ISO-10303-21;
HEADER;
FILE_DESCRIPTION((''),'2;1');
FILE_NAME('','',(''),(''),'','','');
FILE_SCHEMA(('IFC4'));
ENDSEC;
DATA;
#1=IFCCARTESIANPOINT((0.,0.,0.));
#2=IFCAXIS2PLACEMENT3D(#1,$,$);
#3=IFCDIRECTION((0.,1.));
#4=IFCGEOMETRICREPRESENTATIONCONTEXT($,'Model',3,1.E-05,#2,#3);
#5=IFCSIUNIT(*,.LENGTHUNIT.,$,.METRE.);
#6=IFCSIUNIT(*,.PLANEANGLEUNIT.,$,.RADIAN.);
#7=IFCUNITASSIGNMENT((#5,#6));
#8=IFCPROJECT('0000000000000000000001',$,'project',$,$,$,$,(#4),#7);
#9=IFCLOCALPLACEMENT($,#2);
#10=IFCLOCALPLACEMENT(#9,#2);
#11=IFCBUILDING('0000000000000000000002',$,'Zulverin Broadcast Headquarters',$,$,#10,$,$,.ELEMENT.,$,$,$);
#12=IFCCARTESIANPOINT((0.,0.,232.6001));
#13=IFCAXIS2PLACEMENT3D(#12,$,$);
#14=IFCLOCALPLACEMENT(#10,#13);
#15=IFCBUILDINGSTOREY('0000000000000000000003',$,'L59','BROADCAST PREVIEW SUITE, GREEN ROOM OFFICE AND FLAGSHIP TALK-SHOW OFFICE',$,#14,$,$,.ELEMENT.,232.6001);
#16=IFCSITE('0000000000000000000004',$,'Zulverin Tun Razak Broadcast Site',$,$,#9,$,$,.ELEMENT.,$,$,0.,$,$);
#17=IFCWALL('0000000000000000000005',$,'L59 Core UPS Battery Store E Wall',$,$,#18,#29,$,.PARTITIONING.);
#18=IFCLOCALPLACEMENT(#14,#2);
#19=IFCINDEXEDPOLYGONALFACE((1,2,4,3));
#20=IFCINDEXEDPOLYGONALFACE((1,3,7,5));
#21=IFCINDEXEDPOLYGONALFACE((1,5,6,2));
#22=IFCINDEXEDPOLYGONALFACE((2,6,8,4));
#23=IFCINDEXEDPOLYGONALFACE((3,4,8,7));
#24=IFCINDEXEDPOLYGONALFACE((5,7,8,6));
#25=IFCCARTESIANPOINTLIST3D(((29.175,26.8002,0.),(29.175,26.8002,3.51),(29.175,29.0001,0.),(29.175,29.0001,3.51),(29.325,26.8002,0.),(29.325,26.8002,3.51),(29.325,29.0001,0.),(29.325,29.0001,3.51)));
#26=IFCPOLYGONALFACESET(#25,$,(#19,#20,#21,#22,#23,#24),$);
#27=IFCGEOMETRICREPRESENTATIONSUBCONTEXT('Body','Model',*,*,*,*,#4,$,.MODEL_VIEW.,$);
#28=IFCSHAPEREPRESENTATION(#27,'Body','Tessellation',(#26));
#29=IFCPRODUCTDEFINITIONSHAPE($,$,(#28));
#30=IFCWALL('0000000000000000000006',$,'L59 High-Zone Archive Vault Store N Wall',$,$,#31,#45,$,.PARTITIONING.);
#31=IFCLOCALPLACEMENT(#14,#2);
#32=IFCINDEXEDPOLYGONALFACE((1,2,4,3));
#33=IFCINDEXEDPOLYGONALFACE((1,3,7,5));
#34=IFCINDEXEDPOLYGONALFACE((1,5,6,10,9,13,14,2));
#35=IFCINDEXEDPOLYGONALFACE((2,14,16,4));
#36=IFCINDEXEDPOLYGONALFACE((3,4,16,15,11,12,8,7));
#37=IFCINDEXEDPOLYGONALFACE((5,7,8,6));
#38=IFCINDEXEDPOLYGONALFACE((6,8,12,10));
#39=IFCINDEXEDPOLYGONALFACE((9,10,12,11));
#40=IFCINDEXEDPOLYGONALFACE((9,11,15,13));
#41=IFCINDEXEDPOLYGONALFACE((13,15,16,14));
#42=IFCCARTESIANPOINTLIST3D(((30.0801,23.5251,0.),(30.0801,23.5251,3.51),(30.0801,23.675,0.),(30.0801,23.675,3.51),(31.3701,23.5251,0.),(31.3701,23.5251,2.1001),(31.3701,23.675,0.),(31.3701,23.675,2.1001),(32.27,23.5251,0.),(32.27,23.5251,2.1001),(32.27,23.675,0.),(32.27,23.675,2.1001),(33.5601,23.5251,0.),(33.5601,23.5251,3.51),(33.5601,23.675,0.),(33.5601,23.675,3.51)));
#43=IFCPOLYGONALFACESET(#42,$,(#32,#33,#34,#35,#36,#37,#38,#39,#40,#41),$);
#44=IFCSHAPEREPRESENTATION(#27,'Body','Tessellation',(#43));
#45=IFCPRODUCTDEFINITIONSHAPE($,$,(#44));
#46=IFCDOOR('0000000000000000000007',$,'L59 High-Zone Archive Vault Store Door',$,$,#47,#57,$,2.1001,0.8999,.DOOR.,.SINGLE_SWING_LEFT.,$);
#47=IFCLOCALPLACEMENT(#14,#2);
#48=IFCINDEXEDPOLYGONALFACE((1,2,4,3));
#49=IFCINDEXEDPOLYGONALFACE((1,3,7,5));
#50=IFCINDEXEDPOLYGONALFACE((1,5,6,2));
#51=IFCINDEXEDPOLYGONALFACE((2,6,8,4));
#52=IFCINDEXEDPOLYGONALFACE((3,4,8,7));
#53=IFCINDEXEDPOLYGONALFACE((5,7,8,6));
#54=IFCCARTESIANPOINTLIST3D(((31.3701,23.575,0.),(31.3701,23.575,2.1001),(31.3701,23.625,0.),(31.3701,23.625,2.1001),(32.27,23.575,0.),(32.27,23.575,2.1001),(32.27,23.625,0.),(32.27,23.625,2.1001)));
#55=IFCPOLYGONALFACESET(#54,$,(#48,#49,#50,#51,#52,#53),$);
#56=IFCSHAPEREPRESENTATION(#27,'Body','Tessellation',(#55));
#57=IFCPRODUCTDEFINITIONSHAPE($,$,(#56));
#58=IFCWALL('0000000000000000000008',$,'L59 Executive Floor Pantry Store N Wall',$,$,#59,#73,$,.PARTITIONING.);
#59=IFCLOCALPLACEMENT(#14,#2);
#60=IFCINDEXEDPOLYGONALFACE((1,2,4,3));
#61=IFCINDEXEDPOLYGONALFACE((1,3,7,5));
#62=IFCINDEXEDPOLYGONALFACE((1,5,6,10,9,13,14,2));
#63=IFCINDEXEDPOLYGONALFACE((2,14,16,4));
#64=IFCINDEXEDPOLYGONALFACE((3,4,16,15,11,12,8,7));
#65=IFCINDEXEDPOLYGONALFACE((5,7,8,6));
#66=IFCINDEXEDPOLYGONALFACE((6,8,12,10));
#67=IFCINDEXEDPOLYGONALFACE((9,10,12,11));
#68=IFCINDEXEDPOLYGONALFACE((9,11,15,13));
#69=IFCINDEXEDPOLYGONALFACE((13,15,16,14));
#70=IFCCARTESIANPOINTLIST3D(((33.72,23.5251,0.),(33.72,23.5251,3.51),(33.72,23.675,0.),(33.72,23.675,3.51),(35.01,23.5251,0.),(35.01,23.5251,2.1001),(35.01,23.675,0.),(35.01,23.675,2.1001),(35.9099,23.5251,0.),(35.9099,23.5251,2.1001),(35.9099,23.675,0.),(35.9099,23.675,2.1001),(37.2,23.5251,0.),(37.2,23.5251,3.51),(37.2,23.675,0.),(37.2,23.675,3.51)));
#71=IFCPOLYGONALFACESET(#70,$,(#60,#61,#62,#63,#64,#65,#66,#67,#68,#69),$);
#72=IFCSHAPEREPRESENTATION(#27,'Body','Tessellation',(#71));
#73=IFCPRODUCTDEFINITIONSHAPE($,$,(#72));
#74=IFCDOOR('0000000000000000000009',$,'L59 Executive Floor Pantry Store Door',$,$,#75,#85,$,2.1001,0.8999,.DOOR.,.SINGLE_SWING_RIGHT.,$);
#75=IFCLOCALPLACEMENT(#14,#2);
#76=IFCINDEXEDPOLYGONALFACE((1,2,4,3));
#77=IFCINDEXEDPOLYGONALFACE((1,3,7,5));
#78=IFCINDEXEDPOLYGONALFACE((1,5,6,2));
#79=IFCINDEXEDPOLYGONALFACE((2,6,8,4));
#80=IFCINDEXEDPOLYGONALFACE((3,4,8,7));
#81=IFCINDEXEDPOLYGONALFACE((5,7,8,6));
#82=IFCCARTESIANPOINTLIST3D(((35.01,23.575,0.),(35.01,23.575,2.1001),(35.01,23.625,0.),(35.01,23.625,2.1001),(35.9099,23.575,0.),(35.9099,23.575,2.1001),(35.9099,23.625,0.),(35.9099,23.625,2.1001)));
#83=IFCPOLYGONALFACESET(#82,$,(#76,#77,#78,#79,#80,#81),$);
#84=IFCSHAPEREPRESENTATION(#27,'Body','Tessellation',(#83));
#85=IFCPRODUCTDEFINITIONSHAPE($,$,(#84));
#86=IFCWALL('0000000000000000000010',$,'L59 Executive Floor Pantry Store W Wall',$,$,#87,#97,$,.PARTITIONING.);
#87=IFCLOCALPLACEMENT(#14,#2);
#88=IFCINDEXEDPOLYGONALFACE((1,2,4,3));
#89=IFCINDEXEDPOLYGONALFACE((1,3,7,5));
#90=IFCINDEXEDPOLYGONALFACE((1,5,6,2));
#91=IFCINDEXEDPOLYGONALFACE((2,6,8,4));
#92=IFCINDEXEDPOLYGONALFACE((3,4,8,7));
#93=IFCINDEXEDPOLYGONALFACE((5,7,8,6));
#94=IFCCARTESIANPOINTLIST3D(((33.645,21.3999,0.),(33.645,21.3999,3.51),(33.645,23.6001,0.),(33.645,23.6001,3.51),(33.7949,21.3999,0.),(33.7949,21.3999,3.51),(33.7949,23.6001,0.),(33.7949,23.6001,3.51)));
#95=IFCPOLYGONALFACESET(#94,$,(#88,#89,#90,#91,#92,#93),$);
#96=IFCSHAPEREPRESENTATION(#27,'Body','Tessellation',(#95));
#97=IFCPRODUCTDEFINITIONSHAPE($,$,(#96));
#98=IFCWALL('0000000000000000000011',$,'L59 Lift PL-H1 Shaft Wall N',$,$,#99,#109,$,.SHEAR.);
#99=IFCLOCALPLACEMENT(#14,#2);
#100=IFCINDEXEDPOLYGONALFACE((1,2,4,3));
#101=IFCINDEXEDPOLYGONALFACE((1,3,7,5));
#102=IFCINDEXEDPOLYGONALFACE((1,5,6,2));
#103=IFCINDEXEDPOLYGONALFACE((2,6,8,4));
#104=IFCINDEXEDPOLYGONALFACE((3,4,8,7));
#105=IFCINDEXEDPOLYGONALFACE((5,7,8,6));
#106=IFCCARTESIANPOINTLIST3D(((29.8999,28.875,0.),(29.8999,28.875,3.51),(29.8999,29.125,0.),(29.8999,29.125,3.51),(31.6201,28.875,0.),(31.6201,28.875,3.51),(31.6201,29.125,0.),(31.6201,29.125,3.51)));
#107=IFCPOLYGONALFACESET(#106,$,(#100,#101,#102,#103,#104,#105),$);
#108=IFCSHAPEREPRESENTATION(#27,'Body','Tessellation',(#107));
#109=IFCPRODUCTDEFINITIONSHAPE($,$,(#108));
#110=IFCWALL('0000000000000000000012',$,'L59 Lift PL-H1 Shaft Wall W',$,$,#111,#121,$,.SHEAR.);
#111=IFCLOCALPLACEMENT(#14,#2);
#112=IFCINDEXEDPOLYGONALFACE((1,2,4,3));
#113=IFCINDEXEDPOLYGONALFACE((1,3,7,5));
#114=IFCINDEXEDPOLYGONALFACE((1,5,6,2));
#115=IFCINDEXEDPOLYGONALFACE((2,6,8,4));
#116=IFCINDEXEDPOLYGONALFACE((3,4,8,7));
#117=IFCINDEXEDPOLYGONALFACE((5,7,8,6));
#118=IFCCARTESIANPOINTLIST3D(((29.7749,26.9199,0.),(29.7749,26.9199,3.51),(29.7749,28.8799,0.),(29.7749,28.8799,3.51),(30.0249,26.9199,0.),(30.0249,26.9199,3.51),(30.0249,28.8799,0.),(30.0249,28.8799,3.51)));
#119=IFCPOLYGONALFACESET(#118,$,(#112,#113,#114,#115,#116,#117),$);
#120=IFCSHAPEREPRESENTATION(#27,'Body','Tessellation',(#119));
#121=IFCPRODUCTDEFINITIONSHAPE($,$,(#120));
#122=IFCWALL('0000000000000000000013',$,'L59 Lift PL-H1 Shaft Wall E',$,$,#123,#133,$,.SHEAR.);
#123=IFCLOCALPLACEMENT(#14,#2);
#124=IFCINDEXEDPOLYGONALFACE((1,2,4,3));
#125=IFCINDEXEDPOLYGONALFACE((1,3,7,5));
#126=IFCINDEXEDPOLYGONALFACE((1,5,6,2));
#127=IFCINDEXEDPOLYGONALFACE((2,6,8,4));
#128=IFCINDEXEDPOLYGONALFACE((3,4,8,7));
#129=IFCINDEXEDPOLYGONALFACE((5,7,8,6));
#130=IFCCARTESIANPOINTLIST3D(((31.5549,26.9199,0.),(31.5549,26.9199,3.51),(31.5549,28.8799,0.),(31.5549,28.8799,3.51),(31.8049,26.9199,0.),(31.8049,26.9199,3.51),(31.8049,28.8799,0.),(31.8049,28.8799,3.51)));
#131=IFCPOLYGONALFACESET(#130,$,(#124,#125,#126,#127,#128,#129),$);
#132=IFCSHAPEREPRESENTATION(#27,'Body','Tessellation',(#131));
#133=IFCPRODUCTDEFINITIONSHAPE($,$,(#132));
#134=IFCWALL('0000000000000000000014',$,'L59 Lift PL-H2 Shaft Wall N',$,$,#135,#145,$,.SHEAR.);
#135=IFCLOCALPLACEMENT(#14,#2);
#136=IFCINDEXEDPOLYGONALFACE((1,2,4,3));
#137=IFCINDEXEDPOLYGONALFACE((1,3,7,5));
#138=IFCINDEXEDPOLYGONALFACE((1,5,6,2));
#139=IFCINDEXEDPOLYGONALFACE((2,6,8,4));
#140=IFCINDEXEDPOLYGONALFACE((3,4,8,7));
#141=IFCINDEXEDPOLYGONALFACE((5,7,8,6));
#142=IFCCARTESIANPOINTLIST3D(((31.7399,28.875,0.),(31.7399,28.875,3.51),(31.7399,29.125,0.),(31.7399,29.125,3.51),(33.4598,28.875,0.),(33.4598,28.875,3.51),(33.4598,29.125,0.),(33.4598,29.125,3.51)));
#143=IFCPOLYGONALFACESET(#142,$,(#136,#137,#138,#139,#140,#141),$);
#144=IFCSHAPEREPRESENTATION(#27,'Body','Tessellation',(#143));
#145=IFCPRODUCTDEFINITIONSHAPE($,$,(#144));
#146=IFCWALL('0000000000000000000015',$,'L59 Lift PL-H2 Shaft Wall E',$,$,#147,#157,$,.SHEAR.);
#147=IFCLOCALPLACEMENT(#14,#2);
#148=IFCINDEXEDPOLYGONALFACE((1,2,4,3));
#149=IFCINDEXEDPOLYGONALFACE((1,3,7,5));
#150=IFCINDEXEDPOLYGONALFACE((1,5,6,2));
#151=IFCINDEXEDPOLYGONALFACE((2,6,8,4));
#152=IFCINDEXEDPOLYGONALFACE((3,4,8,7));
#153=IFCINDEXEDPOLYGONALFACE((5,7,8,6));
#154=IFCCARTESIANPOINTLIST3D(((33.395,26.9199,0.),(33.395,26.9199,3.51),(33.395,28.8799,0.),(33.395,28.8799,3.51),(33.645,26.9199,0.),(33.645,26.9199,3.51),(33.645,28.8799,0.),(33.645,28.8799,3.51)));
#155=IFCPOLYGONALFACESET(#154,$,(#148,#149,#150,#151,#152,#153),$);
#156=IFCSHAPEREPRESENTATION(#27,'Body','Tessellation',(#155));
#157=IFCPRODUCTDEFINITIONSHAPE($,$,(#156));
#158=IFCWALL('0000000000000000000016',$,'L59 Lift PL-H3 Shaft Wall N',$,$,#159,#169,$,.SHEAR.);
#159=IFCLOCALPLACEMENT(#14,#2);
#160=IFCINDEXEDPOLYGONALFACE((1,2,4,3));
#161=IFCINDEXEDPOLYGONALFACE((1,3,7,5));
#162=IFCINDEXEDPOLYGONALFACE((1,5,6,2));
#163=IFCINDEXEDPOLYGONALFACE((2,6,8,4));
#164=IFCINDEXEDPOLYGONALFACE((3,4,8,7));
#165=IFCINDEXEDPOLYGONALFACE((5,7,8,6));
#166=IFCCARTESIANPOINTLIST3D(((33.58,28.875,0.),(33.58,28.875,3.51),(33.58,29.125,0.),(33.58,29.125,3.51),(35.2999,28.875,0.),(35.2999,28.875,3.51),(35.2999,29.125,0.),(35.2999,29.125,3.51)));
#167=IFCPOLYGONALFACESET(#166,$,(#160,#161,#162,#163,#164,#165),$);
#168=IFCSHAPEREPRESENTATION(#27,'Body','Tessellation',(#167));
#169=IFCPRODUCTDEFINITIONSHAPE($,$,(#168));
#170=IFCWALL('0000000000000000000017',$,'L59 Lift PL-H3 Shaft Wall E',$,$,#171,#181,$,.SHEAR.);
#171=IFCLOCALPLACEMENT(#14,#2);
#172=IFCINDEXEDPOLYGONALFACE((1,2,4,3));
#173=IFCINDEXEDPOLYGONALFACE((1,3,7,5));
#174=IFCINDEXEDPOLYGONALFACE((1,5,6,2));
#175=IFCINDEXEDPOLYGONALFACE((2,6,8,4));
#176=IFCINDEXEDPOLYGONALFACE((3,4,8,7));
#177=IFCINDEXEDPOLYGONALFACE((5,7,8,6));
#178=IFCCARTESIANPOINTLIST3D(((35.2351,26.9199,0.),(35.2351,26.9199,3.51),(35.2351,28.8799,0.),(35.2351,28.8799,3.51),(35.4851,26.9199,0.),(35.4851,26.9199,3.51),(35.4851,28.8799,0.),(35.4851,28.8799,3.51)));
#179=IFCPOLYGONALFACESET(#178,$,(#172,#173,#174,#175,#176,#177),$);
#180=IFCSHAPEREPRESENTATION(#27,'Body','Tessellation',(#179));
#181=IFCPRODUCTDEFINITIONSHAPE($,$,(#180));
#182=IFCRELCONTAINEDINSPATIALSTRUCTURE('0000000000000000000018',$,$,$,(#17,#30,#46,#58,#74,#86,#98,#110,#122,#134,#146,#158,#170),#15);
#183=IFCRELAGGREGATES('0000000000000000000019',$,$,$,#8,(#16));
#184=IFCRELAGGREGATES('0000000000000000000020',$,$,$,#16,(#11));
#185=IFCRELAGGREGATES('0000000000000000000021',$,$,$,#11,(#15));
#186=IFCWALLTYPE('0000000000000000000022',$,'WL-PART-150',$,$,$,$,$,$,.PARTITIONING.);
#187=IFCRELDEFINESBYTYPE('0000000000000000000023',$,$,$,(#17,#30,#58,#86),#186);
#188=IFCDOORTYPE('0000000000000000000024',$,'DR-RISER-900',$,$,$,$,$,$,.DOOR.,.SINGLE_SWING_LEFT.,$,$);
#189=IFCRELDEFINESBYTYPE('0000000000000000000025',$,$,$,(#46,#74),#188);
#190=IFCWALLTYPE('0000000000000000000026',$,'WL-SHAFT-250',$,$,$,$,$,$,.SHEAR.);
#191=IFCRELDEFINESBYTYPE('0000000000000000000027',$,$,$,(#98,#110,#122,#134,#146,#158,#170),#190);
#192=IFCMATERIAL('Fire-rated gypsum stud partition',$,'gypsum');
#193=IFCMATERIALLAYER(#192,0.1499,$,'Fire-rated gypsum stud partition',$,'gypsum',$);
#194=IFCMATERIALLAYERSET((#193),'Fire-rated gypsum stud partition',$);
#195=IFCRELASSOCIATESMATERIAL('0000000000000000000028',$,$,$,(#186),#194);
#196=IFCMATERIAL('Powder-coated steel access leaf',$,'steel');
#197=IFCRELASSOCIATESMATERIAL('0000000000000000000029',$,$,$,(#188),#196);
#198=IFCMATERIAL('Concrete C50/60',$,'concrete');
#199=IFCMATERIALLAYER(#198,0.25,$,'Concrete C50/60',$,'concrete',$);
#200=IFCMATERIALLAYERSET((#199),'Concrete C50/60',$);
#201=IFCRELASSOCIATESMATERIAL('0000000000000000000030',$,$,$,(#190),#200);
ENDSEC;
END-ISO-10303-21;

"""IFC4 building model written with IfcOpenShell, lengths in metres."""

from ifc_helpers import new_model, si_unit, direction, frame, frame_2d, origin, place, context, subcontext, project, spatial, rectangle, extrude, material, layer, layer_set, type_object, element, fill, save


model = new_model("IFC4")

# Units and contexts
model_context = context("Model", 3, precision=1e-05, world=origin(), true_north=direction((0.0, 1.0)))
body_context = subcontext(model_context, "Body", "Model", "MODEL_VIEW")
ifc_project = project(units=[si_unit("LENGTHUNIT", "METRE"), si_unit("PLANEANGLEUNIT", "RADIAN")], contexts=[model_context])

# Site, building, storey
site_placement = place(None, origin())
site = spatial("IfcSite", under=ifc_project, at=site_placement, Name="Zulverin Tun Razak Broadcast Site", CompositionType="ELEMENT", RefElevation=0.0)
building_placement = place(site_placement, origin())
building = spatial("IfcBuilding", under=site, at=building_placement, Name="Zulverin Broadcast Headquarters", CompositionType="ELEMENT")
storey_placement = place(building_placement, frame((0.0, 0.0, 232.6001)))
storey = spatial("IfcBuildingStorey", under=building, at=storey_placement, Name="L59", Description="BROADCAST PREVIEW SUITE, GREEN ROOM OFFICE AND FLAGSHIP TALK-SHOW OFFICE", CompositionType="ELEMENT", Elevation=232.6001)

# Wall
ifc_material_1 = material(Name="Fire-rated gypsum stud partition", Category="gypsum")
ifc_layer_1 = layer(ifc_material_1, 0.1499, Name="Fire-rated gypsum stud partition", Category="gypsum")
ifc_layer_set_1 = layer_set([ifc_layer_1], Name="Fire-rated gypsum stud partition")
wall_type_1 = type_object("IfcWallType", Name="WL-PART-150", PredefinedType="PARTITIONING", material=ifc_layer_set_1)
wall_1_placement = place(storey_placement, frame((29.25, 26.8, 0.0), z_axis=(0.0, 0.0, 1.0), x_axis=(0.0, 1.0, 0.0)))
element("IfcWall", 1, at=wall_1_placement, inside=storey, type_object=wall_type_1, Name="L59 Core UPS Battery Store E Wall", PredefinedType="PARTITIONING", context=body_context, shape_type="SweptSolid", body=[
    extrude(rectangle(XDim=2.2, YDim=0.1499, at=frame_2d((1.1001, 0.0))), origin(), (0.0, 0.0, 1.0), 3.51),
])

# Walls, openings, doors
wall_2_placement = place(storey_placement, frame((30.0801, 23.6001, 0.0), z_axis=(0.0, 0.0, 1.0), x_axis=(1.0, 0.0, 0.0)))
wall_2 = element("IfcWall", 2, at=wall_2_placement, inside=storey, type_object=wall_type_1, Name="L59 High-Zone Archive Vault Store N Wall", PredefinedType="PARTITIONING", context=body_context, shape_type="SweptSolid", body=[
    extrude(rectangle(XDim=3.48, YDim=0.1499, at=frame_2d((1.74, 0.0))), origin(), (0.0, 0.0, 1.0), 3.51),
])
opening_1_placement = place(wall_2_placement, frame((1.29, 0.0, 0.0)))
opening_1 = element("IfcOpeningElement", 3, at=opening_1_placement, cuts=wall_2, PredefinedType="OPENING", context=body_context, shape_type="SweptSolid", body=[
    extrude(rectangle(XDim=0.8999, YDim=2.1001, at=frame_2d((0.45, 1.05))), frame((0.0, 0.085, 0.0), z_axis=(0.0, -1.0, 0.0), x_axis=(1.0, 0.0, 0.0)), (0.0, 0.0, 1.0), 0.1699),
])
ifc_material_2 = material(Name="Powder-coated steel access leaf", Category="steel")
door_type_1 = type_object("IfcDoorType", Name="DR-RISER-900", OperationType="SINGLE_SWING_LEFT", PredefinedType="DOOR", material=ifc_material_2)
door_1_placement = place(opening_1_placement, origin())
door_1 = element("IfcDoor", 4, at=door_1_placement, inside=storey, type_object=door_type_1, Name="L59 High-Zone Archive Vault Store Door", OperationType="SINGLE_SWING_LEFT", OverallHeight=2.1001, OverallWidth=0.8999, PredefinedType="DOOR", context=body_context, shape_type="SweptSolid", body=[
    extrude(rectangle(XDim=0.8999, YDim=2.1001, at=frame_2d((0.45, 1.05))), frame((0.0, 0.0249, 0.0), z_axis=(0.0, -1.0, 0.0), x_axis=(1.0, 0.0, 0.0)), (0.0, 0.0, 1.0), 0.05),
])
fill(opening_1, door_1)
wall_3_placement = place(storey_placement, frame((33.72, 23.6001, 0.0), z_axis=(0.0, 0.0, 1.0), x_axis=(1.0, 0.0, 0.0)))
wall_3 = element("IfcWall", 5, at=wall_3_placement, inside=storey, type_object=wall_type_1, Name="L59 Executive Floor Pantry Store N Wall", PredefinedType="PARTITIONING", context=body_context, shape_type="SweptSolid", body=[
    extrude(rectangle(XDim=3.48, YDim=0.1499, at=frame_2d((1.74, 0.0))), origin(), (0.0, 0.0, 1.0), 3.51),
])
opening_2_placement = place(wall_3_placement, frame((1.29, 0.0, 0.0)))
opening_2 = element("IfcOpeningElement", 6, at=opening_2_placement, cuts=wall_3, PredefinedType="OPENING", context=body_context, shape_type="SweptSolid", body=[
    extrude(rectangle(XDim=0.8999, YDim=2.1001, at=frame_2d((0.45, 1.05))), frame((0.0, 0.085, 0.0), z_axis=(0.0, -1.0, 0.0), x_axis=(1.0, 0.0, 0.0)), (0.0, 0.0, 1.0), 0.1699),
])
door_2_placement = place(opening_2_placement, origin())
door_2 = element("IfcDoor", 7, at=door_2_placement, inside=storey, type_object=door_type_1, Name="L59 Executive Floor Pantry Store Door", OperationType="SINGLE_SWING_RIGHT", OverallHeight=2.1001, OverallWidth=0.8999, PredefinedType="DOOR", context=body_context, shape_type="SweptSolid", body=[
    extrude(rectangle(XDim=0.8999, YDim=2.1001, at=frame_2d((0.45, 1.05))), frame((0.0, 0.0249, 0.0), z_axis=(0.0, -1.0, 0.0), x_axis=(1.0, 0.0, 0.0)), (0.0, 0.0, 1.0), 0.05),
])
fill(opening_2, door_2)

# Wall
wall_4_placement = place(storey_placement, frame((33.72, 21.3999, 0.0), z_axis=(0.0, 0.0, 1.0), x_axis=(0.0, 1.0, 0.0)))
element("IfcWall", 8, at=wall_4_placement, inside=storey, type_object=wall_type_1, Name="L59 Executive Floor Pantry Store W Wall", PredefinedType="PARTITIONING", context=body_context, shape_type="SweptSolid", body=[
    extrude(rectangle(XDim=2.2002, YDim=0.1499, at=frame_2d((1.1001, 0.0))), origin(), (0.0, 0.0, 1.0), 3.51),
])

# Shared definitions
ifc_material_3 = material(Name="Concrete C50/60", Category="concrete")
ifc_layer_2 = layer(ifc_material_3, 0.25, Name="Concrete C50/60", Category="concrete")
ifc_layer_set_2 = layer_set([ifc_layer_2], Name="Concrete C50/60")
wall_type_2 = type_object("IfcWallType", Name="WL-SHAFT-250", PredefinedType="SHEAR", material=ifc_layer_set_2)

# Walls
wall_5_placement = place(storey_placement, frame((29.8999, 29.0, 0.0), z_axis=(0.0, 0.0, 1.0), x_axis=(1.0, 0.0, 0.0)))
element("IfcWall", 9, at=wall_5_placement, inside=storey, type_object=wall_type_2, Name="L59 Lift PL-H1 Shaft Wall N", PredefinedType="SHEAR", context=body_context, shape_type="SweptSolid", body=[
    extrude(rectangle(XDim=1.7202, YDim=0.25, at=frame_2d((0.8601, 0.0))), origin(), (0.0, 0.0, 1.0), 3.51),
])
for number, where, z_axis, x_axis, name in (
    (10, (29.8999, 26.9199, 0.0), (0.0, 0.0, 1.0), (0.0, 1.0, 0.0), "L59 Lift PL-H1 Shaft Wall W"),
    (11, (31.6799, 26.9199, 0.0), (0.0, 0.0, 1.0), (0.0, 1.0, 0.0), "L59 Lift PL-H1 Shaft Wall E"),
):
    element("IfcWall", number, at=place(storey_placement, frame(where, z_axis=z_axis, x_axis=x_axis)), inside=storey, type_object=wall_type_2, Name=name, PredefinedType="SHEAR", context=body_context, shape_type="SweptSolid", body=[
        extrude(rectangle(XDim=1.96, YDim=0.25, at=frame_2d((0.98, 0.0))), origin(), (0.0, 0.0, 1.0), 3.51),
    ])

# Walls
wall_6_placement = place(storey_placement, frame((31.74, 29.0, 0.0), z_axis=(0.0, 0.0, 1.0), x_axis=(1.0, 0.0, 0.0)))
element("IfcWall", 12, at=wall_6_placement, inside=storey, type_object=wall_type_2, Name="L59 Lift PL-H2 Shaft Wall N", PredefinedType="SHEAR", context=body_context, shape_type="SweptSolid", body=[
    extrude(rectangle(XDim=1.72, YDim=0.25, at=frame_2d((0.8599, 0.0))), origin(), (0.0, 0.0, 1.0), 3.51),
])
wall_7_placement = place(storey_placement, frame((33.52, 26.9199, 0.0), z_axis=(0.0, 0.0, 1.0), x_axis=(0.0, 1.0, 0.0)))
element("IfcWall", 13, at=wall_7_placement, inside=storey, type_object=wall_type_2, Name="L59 Lift PL-H2 Shaft Wall E", PredefinedType="SHEAR", context=body_context, shape_type="SweptSolid", body=[
    extrude(rectangle(XDim=1.96, YDim=0.25, at=frame_2d((0.98, 0.0))), origin(), (0.0, 0.0, 1.0), 3.51),
])

# Walls
wall_8_placement = place(storey_placement, frame((33.5801, 29.0, 0.0), z_axis=(0.0, 0.0, 1.0), x_axis=(1.0, 0.0, 0.0)))
element("IfcWall", 14, at=wall_8_placement, inside=storey, type_object=wall_type_2, Name="L59 Lift PL-H3 Shaft Wall N", PredefinedType="SHEAR", context=body_context, shape_type="SweptSolid", body=[
    extrude(rectangle(XDim=1.72, YDim=0.25, at=frame_2d((0.8599, 0.0))), origin(), (0.0, 0.0, 1.0), 3.51),
])
wall_9_placement = place(storey_placement, frame((35.3601, 26.9199, 0.0), z_axis=(0.0, 0.0, 1.0), x_axis=(0.0, 1.0, 0.0)))
element("IfcWall", 15, at=wall_9_placement, inside=storey, type_object=wall_type_2, Name="L59 Lift PL-H3 Shaft Wall E", PredefinedType="SHEAR", context=body_context, shape_type="SweptSolid", body=[
    extrude(rectangle(XDim=1.96, YDim=0.25, at=frame_2d((0.98, 0.0))), origin(), (0.0, 0.0, 1.0), 3.51),
])

save(model, "model.ifc")
